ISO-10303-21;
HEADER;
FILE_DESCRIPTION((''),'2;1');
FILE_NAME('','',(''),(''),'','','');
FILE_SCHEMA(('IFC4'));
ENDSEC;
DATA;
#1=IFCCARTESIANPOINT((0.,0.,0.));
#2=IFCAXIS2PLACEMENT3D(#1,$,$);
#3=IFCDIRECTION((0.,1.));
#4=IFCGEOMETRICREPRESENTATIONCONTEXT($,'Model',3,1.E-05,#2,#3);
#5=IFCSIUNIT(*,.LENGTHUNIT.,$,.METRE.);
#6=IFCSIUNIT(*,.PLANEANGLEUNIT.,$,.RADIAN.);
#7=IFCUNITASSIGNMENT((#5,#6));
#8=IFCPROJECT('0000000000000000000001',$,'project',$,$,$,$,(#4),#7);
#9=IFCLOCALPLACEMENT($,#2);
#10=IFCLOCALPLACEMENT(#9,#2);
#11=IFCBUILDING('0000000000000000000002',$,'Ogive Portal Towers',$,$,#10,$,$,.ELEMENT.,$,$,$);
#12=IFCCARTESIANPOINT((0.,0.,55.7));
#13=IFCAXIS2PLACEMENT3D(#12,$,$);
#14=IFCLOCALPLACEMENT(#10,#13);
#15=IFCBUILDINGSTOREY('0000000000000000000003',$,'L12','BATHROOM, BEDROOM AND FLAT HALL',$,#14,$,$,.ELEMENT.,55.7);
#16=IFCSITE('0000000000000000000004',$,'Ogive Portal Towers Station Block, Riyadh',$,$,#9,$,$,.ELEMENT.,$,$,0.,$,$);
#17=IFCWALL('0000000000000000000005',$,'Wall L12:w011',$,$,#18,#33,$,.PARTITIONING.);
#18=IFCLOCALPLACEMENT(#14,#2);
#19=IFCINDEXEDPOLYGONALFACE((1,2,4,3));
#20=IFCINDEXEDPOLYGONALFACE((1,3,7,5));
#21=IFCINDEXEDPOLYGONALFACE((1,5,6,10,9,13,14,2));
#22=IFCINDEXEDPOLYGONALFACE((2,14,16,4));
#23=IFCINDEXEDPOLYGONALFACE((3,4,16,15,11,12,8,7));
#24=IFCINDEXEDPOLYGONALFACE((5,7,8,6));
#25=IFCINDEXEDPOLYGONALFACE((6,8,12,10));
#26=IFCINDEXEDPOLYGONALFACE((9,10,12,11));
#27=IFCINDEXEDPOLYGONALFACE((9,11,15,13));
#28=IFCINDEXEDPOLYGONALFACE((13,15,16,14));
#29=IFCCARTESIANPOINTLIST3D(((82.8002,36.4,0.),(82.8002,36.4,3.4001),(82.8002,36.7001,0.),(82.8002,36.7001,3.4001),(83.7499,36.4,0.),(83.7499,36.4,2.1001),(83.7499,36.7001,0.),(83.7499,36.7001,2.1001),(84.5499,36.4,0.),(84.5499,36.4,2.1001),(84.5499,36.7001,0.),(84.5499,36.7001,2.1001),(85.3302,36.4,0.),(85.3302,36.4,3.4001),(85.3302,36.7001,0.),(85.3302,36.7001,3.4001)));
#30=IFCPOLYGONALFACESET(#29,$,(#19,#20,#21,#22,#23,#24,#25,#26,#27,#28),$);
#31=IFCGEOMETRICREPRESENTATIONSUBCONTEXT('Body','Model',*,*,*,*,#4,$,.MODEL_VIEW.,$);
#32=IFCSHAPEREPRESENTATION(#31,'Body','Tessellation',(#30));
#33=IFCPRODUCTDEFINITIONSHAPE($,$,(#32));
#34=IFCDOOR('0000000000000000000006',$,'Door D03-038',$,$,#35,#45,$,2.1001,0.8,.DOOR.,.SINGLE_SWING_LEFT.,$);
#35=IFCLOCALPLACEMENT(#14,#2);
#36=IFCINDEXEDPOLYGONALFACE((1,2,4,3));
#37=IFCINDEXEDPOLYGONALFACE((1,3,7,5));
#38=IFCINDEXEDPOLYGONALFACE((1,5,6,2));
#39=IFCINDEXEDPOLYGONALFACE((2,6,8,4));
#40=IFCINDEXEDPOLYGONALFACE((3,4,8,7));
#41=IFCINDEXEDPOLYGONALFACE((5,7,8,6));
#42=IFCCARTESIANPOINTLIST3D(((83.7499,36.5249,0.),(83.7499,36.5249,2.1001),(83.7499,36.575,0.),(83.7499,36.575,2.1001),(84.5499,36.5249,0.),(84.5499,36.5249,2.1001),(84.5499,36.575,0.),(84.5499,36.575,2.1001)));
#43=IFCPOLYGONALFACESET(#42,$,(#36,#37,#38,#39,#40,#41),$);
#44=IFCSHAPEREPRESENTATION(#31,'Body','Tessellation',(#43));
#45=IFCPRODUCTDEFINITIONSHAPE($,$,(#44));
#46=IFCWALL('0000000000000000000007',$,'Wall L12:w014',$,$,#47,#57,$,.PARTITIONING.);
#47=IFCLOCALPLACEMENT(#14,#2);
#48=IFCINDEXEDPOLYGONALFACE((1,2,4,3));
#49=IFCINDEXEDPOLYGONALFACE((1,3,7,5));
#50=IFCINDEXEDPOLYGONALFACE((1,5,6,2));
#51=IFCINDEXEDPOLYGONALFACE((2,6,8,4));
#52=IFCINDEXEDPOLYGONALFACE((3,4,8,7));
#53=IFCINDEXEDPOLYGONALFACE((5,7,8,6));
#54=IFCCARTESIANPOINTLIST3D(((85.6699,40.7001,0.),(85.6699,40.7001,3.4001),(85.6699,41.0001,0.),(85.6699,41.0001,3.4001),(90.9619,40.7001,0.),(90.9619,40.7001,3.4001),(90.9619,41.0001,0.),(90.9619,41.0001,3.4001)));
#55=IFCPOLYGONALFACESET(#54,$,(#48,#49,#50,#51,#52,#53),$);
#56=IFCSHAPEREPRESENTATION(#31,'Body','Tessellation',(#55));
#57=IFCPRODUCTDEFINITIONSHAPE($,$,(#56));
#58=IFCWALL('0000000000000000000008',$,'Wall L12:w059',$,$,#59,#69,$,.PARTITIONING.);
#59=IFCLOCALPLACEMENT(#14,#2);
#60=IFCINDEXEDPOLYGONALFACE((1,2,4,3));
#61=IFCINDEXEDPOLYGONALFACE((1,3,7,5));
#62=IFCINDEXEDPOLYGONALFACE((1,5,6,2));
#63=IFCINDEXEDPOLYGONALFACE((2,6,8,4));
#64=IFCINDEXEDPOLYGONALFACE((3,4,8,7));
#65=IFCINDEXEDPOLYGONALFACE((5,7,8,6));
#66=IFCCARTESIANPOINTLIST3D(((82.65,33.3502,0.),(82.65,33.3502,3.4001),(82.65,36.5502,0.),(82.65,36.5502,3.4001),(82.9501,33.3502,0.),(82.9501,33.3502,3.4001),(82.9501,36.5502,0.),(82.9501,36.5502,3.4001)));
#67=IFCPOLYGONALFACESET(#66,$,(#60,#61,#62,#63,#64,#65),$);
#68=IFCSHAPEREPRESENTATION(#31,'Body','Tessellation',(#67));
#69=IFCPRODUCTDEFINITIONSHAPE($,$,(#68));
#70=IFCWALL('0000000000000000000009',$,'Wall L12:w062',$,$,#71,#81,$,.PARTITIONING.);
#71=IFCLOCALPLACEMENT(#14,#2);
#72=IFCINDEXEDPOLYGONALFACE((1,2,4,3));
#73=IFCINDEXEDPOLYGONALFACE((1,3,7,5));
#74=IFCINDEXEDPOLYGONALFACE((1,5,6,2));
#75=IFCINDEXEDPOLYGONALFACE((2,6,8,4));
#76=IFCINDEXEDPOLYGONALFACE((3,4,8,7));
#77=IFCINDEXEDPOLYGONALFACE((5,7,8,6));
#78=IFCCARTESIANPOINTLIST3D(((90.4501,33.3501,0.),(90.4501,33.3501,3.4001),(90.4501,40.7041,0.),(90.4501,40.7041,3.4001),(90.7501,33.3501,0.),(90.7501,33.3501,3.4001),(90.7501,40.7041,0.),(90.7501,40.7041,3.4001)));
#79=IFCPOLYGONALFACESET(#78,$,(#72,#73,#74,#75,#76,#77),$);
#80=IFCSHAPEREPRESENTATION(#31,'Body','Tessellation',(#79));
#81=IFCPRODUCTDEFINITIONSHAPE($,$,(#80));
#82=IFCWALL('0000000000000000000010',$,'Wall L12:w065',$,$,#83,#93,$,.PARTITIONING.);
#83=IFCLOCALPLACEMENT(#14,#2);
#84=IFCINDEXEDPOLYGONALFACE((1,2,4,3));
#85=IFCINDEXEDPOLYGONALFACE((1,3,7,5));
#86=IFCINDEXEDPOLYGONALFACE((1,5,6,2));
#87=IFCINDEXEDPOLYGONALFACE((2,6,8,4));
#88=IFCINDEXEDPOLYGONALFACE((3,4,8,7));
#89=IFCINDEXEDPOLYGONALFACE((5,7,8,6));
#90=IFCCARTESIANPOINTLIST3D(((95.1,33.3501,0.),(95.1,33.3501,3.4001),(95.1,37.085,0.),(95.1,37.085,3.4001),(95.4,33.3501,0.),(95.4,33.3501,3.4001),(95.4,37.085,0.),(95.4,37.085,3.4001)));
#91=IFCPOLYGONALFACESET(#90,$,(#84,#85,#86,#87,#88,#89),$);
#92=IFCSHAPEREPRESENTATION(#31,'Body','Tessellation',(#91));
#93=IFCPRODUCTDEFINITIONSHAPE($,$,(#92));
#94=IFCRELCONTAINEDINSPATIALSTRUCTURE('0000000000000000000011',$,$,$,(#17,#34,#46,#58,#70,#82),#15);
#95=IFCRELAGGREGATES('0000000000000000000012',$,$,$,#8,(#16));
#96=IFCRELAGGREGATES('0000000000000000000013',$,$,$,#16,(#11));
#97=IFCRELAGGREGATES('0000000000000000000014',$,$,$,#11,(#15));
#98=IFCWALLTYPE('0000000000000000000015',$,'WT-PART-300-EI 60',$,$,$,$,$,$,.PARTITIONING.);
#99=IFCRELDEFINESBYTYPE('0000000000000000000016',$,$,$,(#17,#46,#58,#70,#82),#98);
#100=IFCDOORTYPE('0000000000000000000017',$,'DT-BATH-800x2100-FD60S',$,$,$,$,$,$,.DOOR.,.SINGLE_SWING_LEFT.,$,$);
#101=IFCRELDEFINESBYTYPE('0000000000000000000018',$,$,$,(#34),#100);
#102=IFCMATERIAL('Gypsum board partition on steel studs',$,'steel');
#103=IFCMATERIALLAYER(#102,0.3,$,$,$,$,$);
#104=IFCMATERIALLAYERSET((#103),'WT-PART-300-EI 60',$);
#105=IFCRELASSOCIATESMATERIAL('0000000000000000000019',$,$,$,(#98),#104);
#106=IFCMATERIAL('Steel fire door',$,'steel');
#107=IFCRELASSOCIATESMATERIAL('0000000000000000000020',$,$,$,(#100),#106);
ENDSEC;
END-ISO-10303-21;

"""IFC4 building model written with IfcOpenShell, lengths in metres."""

from ifc_helpers import new_model, si_unit, direction, frame, frame_2d, origin, place, context, subcontext, project, spatial, rectangle, extrude, material, layer, layer_set, type_object, element, fill, save


model = new_model("IFC4")

# Units and contexts
model_context = context("Model", 3, precision=1e-05, world=origin(), true_north=direction((0.0, 1.0)))
body_context = subcontext(model_context, "Body", "Model", "MODEL_VIEW")
ifc_project = project(units=[si_unit("LENGTHUNIT", "METRE"), si_unit("PLANEANGLEUNIT", "RADIAN")], contexts=[model_context])

# Site, building, storey
site_placement = place(None, origin())
site = spatial("IfcSite", under=ifc_project, at=site_placement, Name="Ogive Portal Towers Station Block, Riyadh", CompositionType="ELEMENT", RefElevation=0.0)
building_placement = place(site_placement, origin())
building = spatial("IfcBuilding", under=site, at=building_placement, Name="Ogive Portal Towers", CompositionType="ELEMENT")
storey_placement = place(building_placement, frame((0.0, 0.0, 55.7)))
storey = spatial("IfcBuildingStorey", under=building, at=storey_placement, Name="L12", Description="BATHROOM, BEDROOM AND FLAT HALL", CompositionType="ELEMENT", Elevation=55.7)

# Shared definitions
ifc_material_1 = material(Name="Steel fire door", Category="steel")
ifc_material_2 = material(Name="Gypsum board partition on steel studs", Category="steel")

# Wall, opening, door
ifc_layer_1 = layer(ifc_material_2, 0.3)
ifc_layer_set_1 = layer_set([ifc_layer_1], Name="WT-PART-300-EI 60")
wall_type_1 = type_object("IfcWallType", Name="WT-PART-300-EI 60", PredefinedType="PARTITIONING", material=ifc_layer_set_1)
wall_1_placement = place(storey_placement, frame((82.8, 36.55, 0.0), z_axis=(0.0, 0.0, 1.0), x_axis=(1.0, 0.0, 0.0)))
wall_1 = element("IfcWall", 1, at=wall_1_placement, inside=storey, type_object=wall_type_1, Name="Wall L12:w011", PredefinedType="PARTITIONING", context=body_context, shape_type="SweptSolid", body=[
    extrude(rectangle(XDim=2.53, YDim=0.3, at=frame_2d((1.2651, 0.0))), origin(), (0.0, 0.0, 1.0), 3.4001),
])
opening_1_placement = place(wall_1_placement, frame((0.95, 0.0, 0.0)))
opening_1 = element("IfcOpeningElement", 2, at=opening_1_placement, cuts=wall_1, PredefinedType="OPENING", context=body_context, shape_type="SweptSolid", body=[
    extrude(rectangle(XDim=0.8, YDim=2.1001, at=frame_2d((0.3999, 1.05))), frame((0.0, 0.1602, 0.0), z_axis=(0.0, -1.0, 0.0), x_axis=(1.0, 0.0, 0.0)), (0.0, 0.0, 1.0), 0.3201),
])
door_type_1 = type_object("IfcDoorType", Name="DT-BATH-800x2100-FD60S", OperationType="SINGLE_SWING_LEFT", PredefinedType="DOOR", material=ifc_material_1)
door_1_placement = place(opening_1_placement, origin())
door_1 = element("IfcDoor", 3, at=door_1_placement, inside=storey, type_object=door_type_1, Name="Door D03-038", OperationType="SINGLE_SWING_LEFT", OverallHeight=2.1001, OverallWidth=0.8, PredefinedType="DOOR", context=body_context, shape_type="SweptSolid", body=[
    extrude(rectangle(XDim=0.8, YDim=2.1001, at=frame_2d((0.3999, 1.05))), frame((0.0, 0.0249, 0.0), z_axis=(0.0, -1.0, 0.0), x_axis=(1.0, 0.0, 0.0)), (0.0, 0.0, 1.0), 0.05),
])
fill(opening_1, door_1)

# Walls
wall_2_placement = place(storey_placement, frame((85.6699, 40.8501, 0.0), z_axis=(0.0, 0.0, 1.0), x_axis=(1.0, 0.0, 0.0)))
element("IfcWall", 4, at=wall_2_placement, inside=storey, type_object=wall_type_1, Name="Wall L12:w014", PredefinedType="PARTITIONING", context=body_context, shape_type="SweptSolid", body=[
    extrude(rectangle(XDim=5.292, YDim=0.3, at=frame_2d((2.646, 0.0))), origin(), (0.0, 0.0, 1.0), 3.4001),
])
wall_3_placement = place(storey_placement, frame((82.8, 33.3501, 0.0), z_axis=(0.0, 0.0, 1.0), x_axis=(0.0, 1.0, 0.0)))
element("IfcWall", 5, at=wall_3_placement, inside=storey, type_object=wall_type_1, Name="Wall L12:w059", PredefinedType="PARTITIONING", context=body_context, shape_type="SweptSolid", body=[
    extrude(rectangle(XDim=3.2, YDim=0.3, at=frame_2d((1.6001, 0.0))), origin(), (0.0, 0.0, 1.0), 3.4001),
])
wall_4_placement = place(storey_placement, frame((90.6001, 33.3501, 0.0), z_axis=(0.0, 0.0, 1.0), x_axis=(0.0, 1.0, 0.0)))
element("IfcWall", 6, at=wall_4_placement, inside=storey, type_object=wall_type_1, Name="Wall L12:w062", PredefinedType="PARTITIONING", context=body_context, shape_type="SweptSolid", body=[
    extrude(rectangle(XDim=7.354, YDim=0.3, at=frame_2d((3.677, 0.0))), origin(), (0.0, 0.0, 1.0), 3.4001),
])
wall_5_placement = place(storey_placement, frame((95.25, 33.3501, 0.0), z_axis=(0.0, 0.0, 1.0), x_axis=(0.0, 1.0, 0.0)))
element("IfcWall", 7, at=wall_5_placement, inside=storey, type_object=wall_type_1, Name="Wall L12:w065", PredefinedType="PARTITIONING", context=body_context, shape_type="SweptSolid", body=[
    extrude(rectangle(XDim=3.7349, YDim=0.3, at=frame_2d((1.8674, 0.0))), origin(), (0.0, 0.0, 1.0), 3.4001),
])

save(model, "model.ifc")
